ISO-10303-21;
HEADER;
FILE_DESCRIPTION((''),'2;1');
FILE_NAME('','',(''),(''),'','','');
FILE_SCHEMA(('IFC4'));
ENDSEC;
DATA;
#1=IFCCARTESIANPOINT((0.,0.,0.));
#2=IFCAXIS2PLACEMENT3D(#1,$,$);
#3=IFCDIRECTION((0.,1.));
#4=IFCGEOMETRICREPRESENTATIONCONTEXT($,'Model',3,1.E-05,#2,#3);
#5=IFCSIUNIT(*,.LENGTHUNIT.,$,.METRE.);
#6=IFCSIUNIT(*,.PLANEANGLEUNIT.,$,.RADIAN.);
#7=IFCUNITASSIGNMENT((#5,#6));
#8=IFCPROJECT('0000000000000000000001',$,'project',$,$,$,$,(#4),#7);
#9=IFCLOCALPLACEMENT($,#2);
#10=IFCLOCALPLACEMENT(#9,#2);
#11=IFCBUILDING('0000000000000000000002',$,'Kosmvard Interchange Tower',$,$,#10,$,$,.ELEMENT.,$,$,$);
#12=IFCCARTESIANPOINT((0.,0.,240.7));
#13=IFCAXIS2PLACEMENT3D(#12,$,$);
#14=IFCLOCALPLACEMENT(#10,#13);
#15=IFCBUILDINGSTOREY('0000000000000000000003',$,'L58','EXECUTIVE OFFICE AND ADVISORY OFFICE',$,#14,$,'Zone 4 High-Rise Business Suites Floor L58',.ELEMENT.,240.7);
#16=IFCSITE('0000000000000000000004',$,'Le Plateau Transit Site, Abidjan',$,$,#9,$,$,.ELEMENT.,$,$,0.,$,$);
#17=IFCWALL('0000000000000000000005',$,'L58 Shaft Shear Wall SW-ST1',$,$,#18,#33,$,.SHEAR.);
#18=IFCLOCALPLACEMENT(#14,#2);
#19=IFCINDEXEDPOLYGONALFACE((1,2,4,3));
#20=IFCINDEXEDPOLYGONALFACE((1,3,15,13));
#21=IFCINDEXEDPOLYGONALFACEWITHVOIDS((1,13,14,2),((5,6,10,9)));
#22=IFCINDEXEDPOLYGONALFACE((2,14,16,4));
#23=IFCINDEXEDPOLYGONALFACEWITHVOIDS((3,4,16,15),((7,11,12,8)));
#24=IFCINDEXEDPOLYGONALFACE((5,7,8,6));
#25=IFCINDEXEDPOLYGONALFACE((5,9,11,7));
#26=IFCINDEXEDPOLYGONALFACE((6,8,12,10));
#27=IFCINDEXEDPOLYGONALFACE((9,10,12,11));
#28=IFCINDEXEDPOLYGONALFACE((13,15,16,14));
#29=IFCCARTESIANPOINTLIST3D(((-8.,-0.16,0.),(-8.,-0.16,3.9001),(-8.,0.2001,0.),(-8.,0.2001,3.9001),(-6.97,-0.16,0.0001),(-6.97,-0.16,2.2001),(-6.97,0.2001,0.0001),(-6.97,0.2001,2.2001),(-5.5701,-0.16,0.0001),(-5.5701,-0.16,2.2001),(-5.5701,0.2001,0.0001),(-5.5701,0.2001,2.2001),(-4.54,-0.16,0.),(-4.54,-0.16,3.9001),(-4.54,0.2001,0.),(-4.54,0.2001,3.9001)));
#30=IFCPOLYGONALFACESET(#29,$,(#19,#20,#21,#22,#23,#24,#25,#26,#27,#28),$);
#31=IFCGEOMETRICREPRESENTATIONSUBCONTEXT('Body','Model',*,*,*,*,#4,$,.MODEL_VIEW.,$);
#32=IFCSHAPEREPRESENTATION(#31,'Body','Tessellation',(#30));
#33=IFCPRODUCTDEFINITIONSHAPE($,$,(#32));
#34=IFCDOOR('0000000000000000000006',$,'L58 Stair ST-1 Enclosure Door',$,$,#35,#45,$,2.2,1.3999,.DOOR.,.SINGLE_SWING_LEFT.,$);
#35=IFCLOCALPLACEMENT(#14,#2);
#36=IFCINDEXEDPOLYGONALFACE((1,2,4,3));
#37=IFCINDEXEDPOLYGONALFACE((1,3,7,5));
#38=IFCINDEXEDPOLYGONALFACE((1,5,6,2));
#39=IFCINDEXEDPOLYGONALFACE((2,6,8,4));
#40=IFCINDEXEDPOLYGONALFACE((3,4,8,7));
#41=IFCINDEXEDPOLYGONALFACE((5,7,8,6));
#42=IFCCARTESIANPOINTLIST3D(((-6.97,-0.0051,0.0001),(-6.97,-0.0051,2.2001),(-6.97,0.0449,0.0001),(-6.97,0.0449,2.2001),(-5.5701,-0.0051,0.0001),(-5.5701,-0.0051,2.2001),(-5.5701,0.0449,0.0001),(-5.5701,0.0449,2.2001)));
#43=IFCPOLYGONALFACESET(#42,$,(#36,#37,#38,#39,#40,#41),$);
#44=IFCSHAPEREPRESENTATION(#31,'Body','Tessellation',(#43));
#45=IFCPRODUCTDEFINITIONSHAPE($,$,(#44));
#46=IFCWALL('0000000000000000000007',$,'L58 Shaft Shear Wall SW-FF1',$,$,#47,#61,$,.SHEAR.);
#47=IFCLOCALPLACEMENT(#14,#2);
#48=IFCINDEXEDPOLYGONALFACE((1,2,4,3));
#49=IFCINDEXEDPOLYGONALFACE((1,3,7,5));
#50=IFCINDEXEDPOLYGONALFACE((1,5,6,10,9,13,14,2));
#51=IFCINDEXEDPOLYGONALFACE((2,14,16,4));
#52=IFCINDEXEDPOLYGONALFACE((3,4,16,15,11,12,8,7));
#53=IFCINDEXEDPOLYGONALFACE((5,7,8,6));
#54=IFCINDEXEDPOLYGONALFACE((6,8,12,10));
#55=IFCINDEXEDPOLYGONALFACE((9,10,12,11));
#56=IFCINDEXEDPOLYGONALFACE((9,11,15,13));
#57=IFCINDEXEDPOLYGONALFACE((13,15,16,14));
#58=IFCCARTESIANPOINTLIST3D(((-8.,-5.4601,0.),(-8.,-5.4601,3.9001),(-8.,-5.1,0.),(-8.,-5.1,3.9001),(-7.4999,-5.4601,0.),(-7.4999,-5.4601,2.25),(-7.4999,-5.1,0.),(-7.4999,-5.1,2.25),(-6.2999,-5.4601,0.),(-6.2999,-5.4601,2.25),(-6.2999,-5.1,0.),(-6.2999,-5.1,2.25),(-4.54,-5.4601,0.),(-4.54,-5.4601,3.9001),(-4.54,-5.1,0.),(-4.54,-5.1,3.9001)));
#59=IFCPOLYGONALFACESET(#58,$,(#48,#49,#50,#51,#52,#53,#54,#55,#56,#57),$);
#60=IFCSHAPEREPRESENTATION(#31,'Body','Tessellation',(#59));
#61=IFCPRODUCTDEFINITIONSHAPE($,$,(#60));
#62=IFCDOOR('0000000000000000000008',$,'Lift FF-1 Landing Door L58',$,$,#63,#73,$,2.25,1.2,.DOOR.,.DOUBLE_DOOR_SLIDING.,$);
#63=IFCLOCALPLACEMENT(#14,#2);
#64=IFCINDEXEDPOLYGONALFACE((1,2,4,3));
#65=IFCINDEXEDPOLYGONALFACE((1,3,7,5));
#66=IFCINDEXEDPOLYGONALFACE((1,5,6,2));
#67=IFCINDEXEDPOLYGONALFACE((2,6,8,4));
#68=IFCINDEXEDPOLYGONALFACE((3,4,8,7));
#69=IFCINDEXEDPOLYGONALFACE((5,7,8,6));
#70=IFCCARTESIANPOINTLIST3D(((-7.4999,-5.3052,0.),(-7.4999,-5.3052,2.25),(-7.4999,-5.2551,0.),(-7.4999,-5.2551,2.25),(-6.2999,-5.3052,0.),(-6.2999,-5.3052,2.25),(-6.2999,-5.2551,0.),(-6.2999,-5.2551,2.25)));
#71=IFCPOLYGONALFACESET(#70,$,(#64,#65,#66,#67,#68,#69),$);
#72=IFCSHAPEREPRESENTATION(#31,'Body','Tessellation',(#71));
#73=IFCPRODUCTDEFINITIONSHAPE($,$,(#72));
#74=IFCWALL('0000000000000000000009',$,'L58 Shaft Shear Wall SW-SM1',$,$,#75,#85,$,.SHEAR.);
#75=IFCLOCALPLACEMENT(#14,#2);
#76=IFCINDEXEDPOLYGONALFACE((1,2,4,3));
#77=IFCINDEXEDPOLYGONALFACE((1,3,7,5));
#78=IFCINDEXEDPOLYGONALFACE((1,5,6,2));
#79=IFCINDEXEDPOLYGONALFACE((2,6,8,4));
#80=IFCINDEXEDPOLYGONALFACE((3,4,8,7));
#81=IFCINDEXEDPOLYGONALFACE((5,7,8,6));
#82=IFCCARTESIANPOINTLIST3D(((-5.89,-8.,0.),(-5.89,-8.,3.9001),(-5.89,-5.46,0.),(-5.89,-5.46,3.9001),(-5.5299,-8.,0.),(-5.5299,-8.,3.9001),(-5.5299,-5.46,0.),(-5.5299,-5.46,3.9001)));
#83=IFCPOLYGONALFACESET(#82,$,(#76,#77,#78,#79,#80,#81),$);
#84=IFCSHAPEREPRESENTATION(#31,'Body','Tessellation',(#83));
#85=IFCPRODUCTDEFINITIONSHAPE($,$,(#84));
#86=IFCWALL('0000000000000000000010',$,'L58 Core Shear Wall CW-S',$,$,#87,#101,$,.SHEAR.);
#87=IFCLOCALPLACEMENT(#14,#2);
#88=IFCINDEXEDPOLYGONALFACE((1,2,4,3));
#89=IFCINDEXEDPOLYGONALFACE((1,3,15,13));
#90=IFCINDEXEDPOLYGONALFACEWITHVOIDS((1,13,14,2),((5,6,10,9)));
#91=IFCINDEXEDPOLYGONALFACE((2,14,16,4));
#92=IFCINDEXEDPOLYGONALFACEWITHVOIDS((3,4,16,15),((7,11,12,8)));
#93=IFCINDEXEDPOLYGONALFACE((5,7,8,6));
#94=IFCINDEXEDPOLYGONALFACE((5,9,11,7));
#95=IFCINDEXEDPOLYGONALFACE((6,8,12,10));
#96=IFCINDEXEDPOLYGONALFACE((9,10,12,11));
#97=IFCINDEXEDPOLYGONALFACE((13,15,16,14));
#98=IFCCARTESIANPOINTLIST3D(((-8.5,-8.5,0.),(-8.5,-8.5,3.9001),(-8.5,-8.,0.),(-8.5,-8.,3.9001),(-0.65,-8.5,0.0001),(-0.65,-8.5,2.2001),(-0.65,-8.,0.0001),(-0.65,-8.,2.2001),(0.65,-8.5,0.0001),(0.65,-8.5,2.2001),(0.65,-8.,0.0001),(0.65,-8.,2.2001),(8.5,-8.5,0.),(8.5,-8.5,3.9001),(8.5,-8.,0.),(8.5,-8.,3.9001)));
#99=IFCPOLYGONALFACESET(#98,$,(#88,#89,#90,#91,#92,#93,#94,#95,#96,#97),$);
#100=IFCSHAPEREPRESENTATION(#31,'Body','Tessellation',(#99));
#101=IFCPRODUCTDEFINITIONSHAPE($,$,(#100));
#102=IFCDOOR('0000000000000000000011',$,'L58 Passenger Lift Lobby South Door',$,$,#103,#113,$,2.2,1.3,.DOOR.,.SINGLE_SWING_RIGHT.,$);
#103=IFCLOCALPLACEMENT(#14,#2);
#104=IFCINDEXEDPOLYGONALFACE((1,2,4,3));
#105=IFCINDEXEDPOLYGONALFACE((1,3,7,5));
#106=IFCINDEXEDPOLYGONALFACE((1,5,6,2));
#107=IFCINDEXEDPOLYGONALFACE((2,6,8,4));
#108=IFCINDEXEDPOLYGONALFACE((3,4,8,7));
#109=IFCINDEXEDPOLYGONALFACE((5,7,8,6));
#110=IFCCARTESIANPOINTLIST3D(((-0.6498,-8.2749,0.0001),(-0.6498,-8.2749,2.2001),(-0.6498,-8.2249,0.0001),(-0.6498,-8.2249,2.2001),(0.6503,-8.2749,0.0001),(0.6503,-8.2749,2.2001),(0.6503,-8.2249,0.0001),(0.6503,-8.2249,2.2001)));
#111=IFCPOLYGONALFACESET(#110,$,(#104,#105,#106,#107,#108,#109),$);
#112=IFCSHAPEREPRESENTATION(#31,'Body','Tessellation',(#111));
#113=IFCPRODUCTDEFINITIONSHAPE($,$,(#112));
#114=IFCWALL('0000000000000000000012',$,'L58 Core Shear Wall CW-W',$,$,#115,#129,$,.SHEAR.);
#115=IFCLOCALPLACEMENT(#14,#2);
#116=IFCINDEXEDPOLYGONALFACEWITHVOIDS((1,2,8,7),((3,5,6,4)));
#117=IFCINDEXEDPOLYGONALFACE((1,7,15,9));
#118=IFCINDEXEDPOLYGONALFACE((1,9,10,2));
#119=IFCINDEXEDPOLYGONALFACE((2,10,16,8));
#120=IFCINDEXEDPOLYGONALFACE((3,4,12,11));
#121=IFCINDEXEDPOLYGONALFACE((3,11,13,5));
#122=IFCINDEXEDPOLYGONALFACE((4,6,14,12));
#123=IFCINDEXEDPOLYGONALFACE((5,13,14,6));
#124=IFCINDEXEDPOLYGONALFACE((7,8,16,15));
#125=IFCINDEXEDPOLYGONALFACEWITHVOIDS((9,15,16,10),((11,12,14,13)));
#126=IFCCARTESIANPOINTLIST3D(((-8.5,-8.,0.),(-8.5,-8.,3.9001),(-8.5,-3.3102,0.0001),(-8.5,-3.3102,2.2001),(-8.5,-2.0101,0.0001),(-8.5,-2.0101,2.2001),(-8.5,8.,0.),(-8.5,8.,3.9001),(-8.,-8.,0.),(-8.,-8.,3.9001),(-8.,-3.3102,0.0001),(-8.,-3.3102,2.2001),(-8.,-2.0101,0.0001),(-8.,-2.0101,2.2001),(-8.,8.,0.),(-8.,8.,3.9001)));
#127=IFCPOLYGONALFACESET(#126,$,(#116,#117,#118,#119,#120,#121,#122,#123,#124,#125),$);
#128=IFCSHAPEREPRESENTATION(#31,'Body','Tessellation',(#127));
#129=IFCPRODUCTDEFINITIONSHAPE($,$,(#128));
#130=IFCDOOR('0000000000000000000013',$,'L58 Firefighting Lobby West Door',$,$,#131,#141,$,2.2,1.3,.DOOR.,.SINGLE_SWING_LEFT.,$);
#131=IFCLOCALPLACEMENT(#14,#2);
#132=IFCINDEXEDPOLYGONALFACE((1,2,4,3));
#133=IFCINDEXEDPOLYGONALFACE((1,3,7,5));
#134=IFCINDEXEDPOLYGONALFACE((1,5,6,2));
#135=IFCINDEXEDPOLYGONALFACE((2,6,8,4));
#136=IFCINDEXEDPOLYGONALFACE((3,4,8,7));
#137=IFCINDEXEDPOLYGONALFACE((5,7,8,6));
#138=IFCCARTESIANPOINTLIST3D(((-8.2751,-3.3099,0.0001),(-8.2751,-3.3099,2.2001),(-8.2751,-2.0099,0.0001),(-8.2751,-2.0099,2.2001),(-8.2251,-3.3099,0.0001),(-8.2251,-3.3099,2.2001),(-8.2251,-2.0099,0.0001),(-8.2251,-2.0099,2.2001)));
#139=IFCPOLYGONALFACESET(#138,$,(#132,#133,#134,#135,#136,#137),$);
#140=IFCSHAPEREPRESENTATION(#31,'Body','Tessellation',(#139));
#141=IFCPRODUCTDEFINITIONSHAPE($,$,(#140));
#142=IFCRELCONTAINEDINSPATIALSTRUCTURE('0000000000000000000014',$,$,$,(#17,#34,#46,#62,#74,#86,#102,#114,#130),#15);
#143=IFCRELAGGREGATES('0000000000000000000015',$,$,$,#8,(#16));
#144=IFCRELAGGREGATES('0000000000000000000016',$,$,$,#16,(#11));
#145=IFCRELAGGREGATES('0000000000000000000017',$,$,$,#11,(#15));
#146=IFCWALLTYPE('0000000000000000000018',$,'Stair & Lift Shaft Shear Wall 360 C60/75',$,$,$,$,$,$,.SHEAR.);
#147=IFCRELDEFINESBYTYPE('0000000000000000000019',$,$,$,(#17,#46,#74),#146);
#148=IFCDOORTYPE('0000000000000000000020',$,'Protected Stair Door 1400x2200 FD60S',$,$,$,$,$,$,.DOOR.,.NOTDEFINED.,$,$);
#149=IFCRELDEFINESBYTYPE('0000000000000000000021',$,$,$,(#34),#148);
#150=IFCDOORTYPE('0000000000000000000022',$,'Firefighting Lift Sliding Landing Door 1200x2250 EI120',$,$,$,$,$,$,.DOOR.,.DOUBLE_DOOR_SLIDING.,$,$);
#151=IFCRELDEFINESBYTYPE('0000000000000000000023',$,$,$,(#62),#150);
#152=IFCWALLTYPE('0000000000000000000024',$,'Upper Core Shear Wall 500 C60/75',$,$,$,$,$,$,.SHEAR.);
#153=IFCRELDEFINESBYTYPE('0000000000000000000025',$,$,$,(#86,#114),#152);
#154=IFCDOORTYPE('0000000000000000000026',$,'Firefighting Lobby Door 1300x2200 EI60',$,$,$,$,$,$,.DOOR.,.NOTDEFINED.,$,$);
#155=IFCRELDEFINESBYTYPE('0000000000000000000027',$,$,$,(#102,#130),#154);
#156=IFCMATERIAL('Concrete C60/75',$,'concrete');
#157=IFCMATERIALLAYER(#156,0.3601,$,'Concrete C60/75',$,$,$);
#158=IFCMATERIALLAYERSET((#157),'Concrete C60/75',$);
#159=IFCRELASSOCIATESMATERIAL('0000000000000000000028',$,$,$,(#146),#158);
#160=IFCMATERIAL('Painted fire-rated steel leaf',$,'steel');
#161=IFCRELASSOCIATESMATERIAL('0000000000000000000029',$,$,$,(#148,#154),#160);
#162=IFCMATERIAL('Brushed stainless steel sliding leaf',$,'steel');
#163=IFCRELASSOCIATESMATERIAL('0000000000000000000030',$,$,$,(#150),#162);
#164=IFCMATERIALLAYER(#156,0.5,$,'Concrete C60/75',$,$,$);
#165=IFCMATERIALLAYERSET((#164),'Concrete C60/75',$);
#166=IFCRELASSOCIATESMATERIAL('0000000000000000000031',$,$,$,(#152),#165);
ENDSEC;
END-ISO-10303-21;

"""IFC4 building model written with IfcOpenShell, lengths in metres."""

from ifc_helpers import new_model, si_unit, direction, frame, frame_2d, origin, place, context, subcontext, project, spatial, rectangle, extrude, source, transform, mapped, material, layer, layer_set, type_object, element, fill, save


model = new_model("IFC4")

# Units and contexts
model_context = context("Model", 3, precision=1e-05, world=origin(), true_north=direction((0.0, 1.0)))
body_context = subcontext(model_context, "Body", "Model", "MODEL_VIEW")
ifc_project = project(units=[si_unit("LENGTHUNIT", "METRE"), si_unit("PLANEANGLEUNIT", "RADIAN")], contexts=[model_context])

# Site, building, storey
site_placement = place(None, origin())
site = spatial("IfcSite", under=ifc_project, at=site_placement, Name="Le Plateau Transit Site, Abidjan", CompositionType="ELEMENT", RefElevation=0.0)
building_placement = place(site_placement, origin())
building = spatial("IfcBuilding", under=site, at=building_placement, Name="Kosmvard Interchange Tower", CompositionType="ELEMENT")
storey_placement = place(building_placement, frame((0.0, 0.0, 240.7)))
storey = spatial("IfcBuildingStorey", under=building, at=storey_placement, Name="L58", Description="EXECUTIVE OFFICE AND ADVISORY OFFICE", LongName="Zone 4 High-Rise Business Suites Floor L58", CompositionType="ELEMENT", Elevation=240.7)

# Shared definitions
ifc_material_1 = material(Name="Concrete C60/75", Category="concrete")

# Shared definitions
ifc_material_2 = material(Name="Painted fire-rated steel leaf", Category="steel")
ifc_material_3 = material(Name="Brushed stainless steel sliding leaf", Category="steel")

# Shared definitions
ifc_layer_1 = layer(ifc_material_1, 0.3601, Name="Concrete C60/75")
ifc_layer_set_1 = layer_set([ifc_layer_1], Name="Concrete C60/75")
wall_type_1 = type_object("IfcWallType", Name="Stair & Lift Shaft Shear Wall 360 C60/75", PredefinedType="SHEAR", material=ifc_layer_set_1)

# Walls, openings, doors
wall_1_placement = place(storey_placement, frame((-8.0, 0.02, 0.0), z_axis=(0.0, 0.0, 1.0), x_axis=(1.0, 0.0, 0.0)))
wall_1 = element("IfcWall", 1, at=wall_1_placement, inside=storey, type_object=wall_type_1, Name="L58 Shaft Shear Wall SW-ST1", PredefinedType="SHEAR", context=body_context, shape_type="SweptSolid", body=[
    extrude(rectangle(XDim=3.46, YDim=0.3601, at=frame_2d((1.73, 0.0))), origin(), (0.0, 0.0, 1.0), 3.9001),
])
opening_1_placement = place(wall_1_placement, frame((1.03, 0.0, 0.0)))
opening_1 = element("IfcOpeningElement", 2, at=opening_1_placement, cuts=wall_1, PredefinedType="OPENING", context=body_context, shape_type="SweptSolid", body=[
    extrude(rectangle(XDim=1.3999, YDim=2.2, at=frame_2d((0.7, 1.1001))), frame((0.0, 0.1899, 0.0), z_axis=(0.0, -1.0, 0.0), x_axis=(1.0, 0.0, 0.0)), (0.0, 0.0, 1.0), 0.3801),
])
door_type_1 = type_object("IfcDoorType", Name="Protected Stair Door 1400x2200 FD60S", OperationType="NOTDEFINED", PredefinedType="DOOR", material=ifc_material_2)
shared_shape_1 = source(origin(), body_context, "Body", "SweptSolid", [
    extrude(rectangle(XDim=1.3999, YDim=2.2, at=frame_2d((0.7, 1.1001))), frame((0.0, 0.0249, 0.0), z_axis=(0.0, -1.0, 0.0), x_axis=(1.0, 0.0, 0.0)), (0.0, 0.0, 1.0), 0.05),
])
door_1_placement = place(opening_1_placement, origin())
door_1 = element("IfcDoor", 3, at=door_1_placement, inside=storey, type_object=door_type_1, Name="L58 Stair ST-1 Enclosure Door", OperationType="SINGLE_SWING_LEFT", OverallHeight=2.2, OverallWidth=1.3999, PredefinedType="DOOR", context=body_context, shape_type="MappedRepresentation", body=[
    mapped(shared_shape_1, transform((0.0, 0.0, 0.0), scale=1.0)),
])
fill(opening_1, door_1)
wall_2_placement = place(storey_placement, frame((-8.0, -5.28, 0.0), z_axis=(0.0, 0.0, 1.0), x_axis=(1.0, 0.0, 0.0)))
wall_2 = element("IfcWall", 4, at=wall_2_placement, inside=storey, type_object=wall_type_1, Name="L58 Shaft Shear Wall SW-FF1", PredefinedType="SHEAR", context=body_context, shape_type="SweptSolid", body=[
    extrude(rectangle(XDim=3.46, YDim=0.3601, at=frame_2d((1.73, 0.0))), origin(), (0.0, 0.0, 1.0), 3.9001),
])
opening_2_placement = place(wall_2_placement, frame((0.5, 0.0, 0.0)))
opening_2 = element("IfcOpeningElement", 5, at=opening_2_placement, cuts=wall_2, PredefinedType="OPENING", context=body_context, shape_type="SweptSolid", body=[
    extrude(rectangle(XDim=1.2, YDim=2.25, at=frame_2d((0.6001, 1.125))), frame((0.0, 0.1899, 0.0), z_axis=(0.0, -1.0, 0.0), x_axis=(1.0, 0.0, 0.0)), (0.0, 0.0, 1.0), 0.3801),
])
door_type_2 = type_object("IfcDoorType", Name="Firefighting Lift Sliding Landing Door 1200x2250 EI120", OperationType="DOUBLE_DOOR_SLIDING", PredefinedType="DOOR", material=ifc_material_3)
shared_shape_2 = source(origin(), body_context, "Body", "SweptSolid", [
    extrude(rectangle(XDim=1.2, YDim=2.25, at=frame_2d((0.6001, 1.125))), frame((0.0, 0.0249, 0.0), z_axis=(0.0, -1.0, 0.0), x_axis=(1.0, 0.0, 0.0)), (0.0, 0.0, 1.0), 0.05),
])
door_2_placement = place(opening_2_placement, origin())
door_2 = element("IfcDoor", 6, at=door_2_placement, inside=storey, type_object=door_type_2, Name="Lift FF-1 Landing Door L58", OperationType="DOUBLE_DOOR_SLIDING", OverallHeight=2.25, OverallWidth=1.2, PredefinedType="DOOR", context=body_context, shape_type="MappedRepresentation", body=[
    mapped(shared_shape_2, transform((0.0, 0.0, 0.0), scale=1.0)),
])
fill(opening_2, door_2)

# Wall
wall_3_placement = place(storey_placement, frame((-5.71, -8.0, 0.0), z_axis=(0.0, 0.0, 1.0), x_axis=(0.0, 1.0, 0.0)))
element("IfcWall", 7, at=wall_3_placement, inside=storey, type_object=wall_type_1, Name="L58 Shaft Shear Wall SW-SM1", PredefinedType="SHEAR", context=body_context, shape_type="SweptSolid", body=[
    extrude(rectangle(XDim=2.54, YDim=0.3601, at=frame_2d((1.27, 0.0))), origin(), (0.0, 0.0, 1.0), 3.9001),
])

# Walls, openings, doors
ifc_layer_2 = layer(ifc_material_1, 0.5, Name="Concrete C60/75")
ifc_layer_set_2 = layer_set([ifc_layer_2], Name="Concrete C60/75")
wall_type_2 = type_object("IfcWallType", Name="Upper Core Shear Wall 500 C60/75", PredefinedType="SHEAR", material=ifc_layer_set_2)
wall_4_placement = place(storey_placement, frame((-8.5, -8.25, 0.0), z_axis=(0.0, 0.0, 1.0), x_axis=(1.0, 0.0, 0.0)))
wall_4 = element("IfcWall", 8, at=wall_4_placement, inside=storey, type_object=wall_type_2, Name="L58 Core Shear Wall CW-S", PredefinedType="SHEAR", context=body_context, shape_type="SweptSolid", body=[
    extrude(rectangle(XDim=17.0, YDim=0.5, at=frame_2d((8.5, 0.0))), origin(), (0.0, 0.0, 1.0), 3.9001),
])
opening_3_placement = place(wall_4_placement, frame((7.8501, 0.0, 0.0)))
opening_3 = element("IfcOpeningElement", 9, at=opening_3_placement, cuts=wall_4, PredefinedType="OPENING", context=body_context, shape_type="SweptSolid", body=[
    extrude(rectangle(XDim=1.3, YDim=2.2, at=frame_2d((0.6499, 1.1001))), frame((0.0, 0.26, 0.0), z_axis=(0.0, -1.0, 0.0), x_axis=(1.0, 0.0, 0.0)), (0.0, 0.0, 1.0), 0.52),
])
door_type_3 = type_object("IfcDoorType", Name="Firefighting Lobby Door 1300x2200 EI60", OperationType="NOTDEFINED", PredefinedType="DOOR", material=ifc_material_2)
shared_shape_3 = source(origin(), body_context, "Body", "SweptSolid", [
    extrude(rectangle(XDim=1.3, YDim=2.2, at=frame_2d((0.6499, 1.1001))), frame((0.0, 0.0249, 0.0), z_axis=(0.0, -1.0, 0.0), x_axis=(1.0, 0.0, 0.0)), (0.0, 0.0, 1.0), 0.05),
])
door_3_placement = place(opening_3_placement, frame((1.3, 0.0, 0.0), z_axis=(0.0, 0.0, 1.0), x_axis=(-1.0, 0.0, 0.0)))
door_3 = element("IfcDoor", 10, at=door_3_placement, inside=storey, type_object=door_type_3, Name="L58 Passenger Lift Lobby South Door", OperationType="SINGLE_SWING_RIGHT", OverallHeight=2.2, OverallWidth=1.3, PredefinedType="DOOR", context=body_context, shape_type="MappedRepresentation", body=[
    mapped(shared_shape_3, transform((0.0, 0.0, 0.0), scale=1.0)),
])
fill(opening_3, door_3)
wall_5_placement = place(storey_placement, frame((-8.25, -8.0, 0.0), z_axis=(0.0, 0.0, 1.0), x_axis=(0.0, 1.0, 0.0)))
wall_5 = element("IfcWall", 11, at=wall_5_placement, inside=storey, type_object=wall_type_2, Name="L58 Core Shear Wall CW-W", PredefinedType="SHEAR", context=body_context, shape_type="SweptSolid", body=[
    extrude(rectangle(XDim=16.0, YDim=0.5, at=frame_2d((8.0, 0.0))), origin(), (0.0, 0.0, 1.0), 3.9001),
])
opening_4_placement = place(wall_5_placement, frame((4.6899, 0.0, 0.0)))
opening_4 = element("IfcOpeningElement", 12, at=opening_4_placement, cuts=wall_5, PredefinedType="OPENING", context=body_context, shape_type="SweptSolid", body=[
    extrude(rectangle(XDim=1.3, YDim=2.2, at=frame_2d((0.6499, 1.1001))), frame((0.0, 0.26, 0.0), z_axis=(0.0, -1.0, 0.0), x_axis=(1.0, 0.0, 0.0)), (0.0, 0.0, 1.0), 0.52),
])
door_4_placement = place(opening_4_placement, frame((1.3, 0.0, 0.0), z_axis=(0.0, 0.0, 1.0), x_axis=(-1.0, 0.0, 0.0)))
door_4 = element("IfcDoor", 13, at=door_4_placement, inside=storey, type_object=door_type_3, Name="L58 Firefighting Lobby West Door", OperationType="SINGLE_SWING_LEFT", OverallHeight=2.2, OverallWidth=1.3, PredefinedType="DOOR", context=body_context, shape_type="MappedRepresentation", body=[
    mapped(shared_shape_3, transform((0.0, 0.0, 0.0), scale=1.0)),
])
fill(opening_4, door_4)

save(model, "model.ifc")
